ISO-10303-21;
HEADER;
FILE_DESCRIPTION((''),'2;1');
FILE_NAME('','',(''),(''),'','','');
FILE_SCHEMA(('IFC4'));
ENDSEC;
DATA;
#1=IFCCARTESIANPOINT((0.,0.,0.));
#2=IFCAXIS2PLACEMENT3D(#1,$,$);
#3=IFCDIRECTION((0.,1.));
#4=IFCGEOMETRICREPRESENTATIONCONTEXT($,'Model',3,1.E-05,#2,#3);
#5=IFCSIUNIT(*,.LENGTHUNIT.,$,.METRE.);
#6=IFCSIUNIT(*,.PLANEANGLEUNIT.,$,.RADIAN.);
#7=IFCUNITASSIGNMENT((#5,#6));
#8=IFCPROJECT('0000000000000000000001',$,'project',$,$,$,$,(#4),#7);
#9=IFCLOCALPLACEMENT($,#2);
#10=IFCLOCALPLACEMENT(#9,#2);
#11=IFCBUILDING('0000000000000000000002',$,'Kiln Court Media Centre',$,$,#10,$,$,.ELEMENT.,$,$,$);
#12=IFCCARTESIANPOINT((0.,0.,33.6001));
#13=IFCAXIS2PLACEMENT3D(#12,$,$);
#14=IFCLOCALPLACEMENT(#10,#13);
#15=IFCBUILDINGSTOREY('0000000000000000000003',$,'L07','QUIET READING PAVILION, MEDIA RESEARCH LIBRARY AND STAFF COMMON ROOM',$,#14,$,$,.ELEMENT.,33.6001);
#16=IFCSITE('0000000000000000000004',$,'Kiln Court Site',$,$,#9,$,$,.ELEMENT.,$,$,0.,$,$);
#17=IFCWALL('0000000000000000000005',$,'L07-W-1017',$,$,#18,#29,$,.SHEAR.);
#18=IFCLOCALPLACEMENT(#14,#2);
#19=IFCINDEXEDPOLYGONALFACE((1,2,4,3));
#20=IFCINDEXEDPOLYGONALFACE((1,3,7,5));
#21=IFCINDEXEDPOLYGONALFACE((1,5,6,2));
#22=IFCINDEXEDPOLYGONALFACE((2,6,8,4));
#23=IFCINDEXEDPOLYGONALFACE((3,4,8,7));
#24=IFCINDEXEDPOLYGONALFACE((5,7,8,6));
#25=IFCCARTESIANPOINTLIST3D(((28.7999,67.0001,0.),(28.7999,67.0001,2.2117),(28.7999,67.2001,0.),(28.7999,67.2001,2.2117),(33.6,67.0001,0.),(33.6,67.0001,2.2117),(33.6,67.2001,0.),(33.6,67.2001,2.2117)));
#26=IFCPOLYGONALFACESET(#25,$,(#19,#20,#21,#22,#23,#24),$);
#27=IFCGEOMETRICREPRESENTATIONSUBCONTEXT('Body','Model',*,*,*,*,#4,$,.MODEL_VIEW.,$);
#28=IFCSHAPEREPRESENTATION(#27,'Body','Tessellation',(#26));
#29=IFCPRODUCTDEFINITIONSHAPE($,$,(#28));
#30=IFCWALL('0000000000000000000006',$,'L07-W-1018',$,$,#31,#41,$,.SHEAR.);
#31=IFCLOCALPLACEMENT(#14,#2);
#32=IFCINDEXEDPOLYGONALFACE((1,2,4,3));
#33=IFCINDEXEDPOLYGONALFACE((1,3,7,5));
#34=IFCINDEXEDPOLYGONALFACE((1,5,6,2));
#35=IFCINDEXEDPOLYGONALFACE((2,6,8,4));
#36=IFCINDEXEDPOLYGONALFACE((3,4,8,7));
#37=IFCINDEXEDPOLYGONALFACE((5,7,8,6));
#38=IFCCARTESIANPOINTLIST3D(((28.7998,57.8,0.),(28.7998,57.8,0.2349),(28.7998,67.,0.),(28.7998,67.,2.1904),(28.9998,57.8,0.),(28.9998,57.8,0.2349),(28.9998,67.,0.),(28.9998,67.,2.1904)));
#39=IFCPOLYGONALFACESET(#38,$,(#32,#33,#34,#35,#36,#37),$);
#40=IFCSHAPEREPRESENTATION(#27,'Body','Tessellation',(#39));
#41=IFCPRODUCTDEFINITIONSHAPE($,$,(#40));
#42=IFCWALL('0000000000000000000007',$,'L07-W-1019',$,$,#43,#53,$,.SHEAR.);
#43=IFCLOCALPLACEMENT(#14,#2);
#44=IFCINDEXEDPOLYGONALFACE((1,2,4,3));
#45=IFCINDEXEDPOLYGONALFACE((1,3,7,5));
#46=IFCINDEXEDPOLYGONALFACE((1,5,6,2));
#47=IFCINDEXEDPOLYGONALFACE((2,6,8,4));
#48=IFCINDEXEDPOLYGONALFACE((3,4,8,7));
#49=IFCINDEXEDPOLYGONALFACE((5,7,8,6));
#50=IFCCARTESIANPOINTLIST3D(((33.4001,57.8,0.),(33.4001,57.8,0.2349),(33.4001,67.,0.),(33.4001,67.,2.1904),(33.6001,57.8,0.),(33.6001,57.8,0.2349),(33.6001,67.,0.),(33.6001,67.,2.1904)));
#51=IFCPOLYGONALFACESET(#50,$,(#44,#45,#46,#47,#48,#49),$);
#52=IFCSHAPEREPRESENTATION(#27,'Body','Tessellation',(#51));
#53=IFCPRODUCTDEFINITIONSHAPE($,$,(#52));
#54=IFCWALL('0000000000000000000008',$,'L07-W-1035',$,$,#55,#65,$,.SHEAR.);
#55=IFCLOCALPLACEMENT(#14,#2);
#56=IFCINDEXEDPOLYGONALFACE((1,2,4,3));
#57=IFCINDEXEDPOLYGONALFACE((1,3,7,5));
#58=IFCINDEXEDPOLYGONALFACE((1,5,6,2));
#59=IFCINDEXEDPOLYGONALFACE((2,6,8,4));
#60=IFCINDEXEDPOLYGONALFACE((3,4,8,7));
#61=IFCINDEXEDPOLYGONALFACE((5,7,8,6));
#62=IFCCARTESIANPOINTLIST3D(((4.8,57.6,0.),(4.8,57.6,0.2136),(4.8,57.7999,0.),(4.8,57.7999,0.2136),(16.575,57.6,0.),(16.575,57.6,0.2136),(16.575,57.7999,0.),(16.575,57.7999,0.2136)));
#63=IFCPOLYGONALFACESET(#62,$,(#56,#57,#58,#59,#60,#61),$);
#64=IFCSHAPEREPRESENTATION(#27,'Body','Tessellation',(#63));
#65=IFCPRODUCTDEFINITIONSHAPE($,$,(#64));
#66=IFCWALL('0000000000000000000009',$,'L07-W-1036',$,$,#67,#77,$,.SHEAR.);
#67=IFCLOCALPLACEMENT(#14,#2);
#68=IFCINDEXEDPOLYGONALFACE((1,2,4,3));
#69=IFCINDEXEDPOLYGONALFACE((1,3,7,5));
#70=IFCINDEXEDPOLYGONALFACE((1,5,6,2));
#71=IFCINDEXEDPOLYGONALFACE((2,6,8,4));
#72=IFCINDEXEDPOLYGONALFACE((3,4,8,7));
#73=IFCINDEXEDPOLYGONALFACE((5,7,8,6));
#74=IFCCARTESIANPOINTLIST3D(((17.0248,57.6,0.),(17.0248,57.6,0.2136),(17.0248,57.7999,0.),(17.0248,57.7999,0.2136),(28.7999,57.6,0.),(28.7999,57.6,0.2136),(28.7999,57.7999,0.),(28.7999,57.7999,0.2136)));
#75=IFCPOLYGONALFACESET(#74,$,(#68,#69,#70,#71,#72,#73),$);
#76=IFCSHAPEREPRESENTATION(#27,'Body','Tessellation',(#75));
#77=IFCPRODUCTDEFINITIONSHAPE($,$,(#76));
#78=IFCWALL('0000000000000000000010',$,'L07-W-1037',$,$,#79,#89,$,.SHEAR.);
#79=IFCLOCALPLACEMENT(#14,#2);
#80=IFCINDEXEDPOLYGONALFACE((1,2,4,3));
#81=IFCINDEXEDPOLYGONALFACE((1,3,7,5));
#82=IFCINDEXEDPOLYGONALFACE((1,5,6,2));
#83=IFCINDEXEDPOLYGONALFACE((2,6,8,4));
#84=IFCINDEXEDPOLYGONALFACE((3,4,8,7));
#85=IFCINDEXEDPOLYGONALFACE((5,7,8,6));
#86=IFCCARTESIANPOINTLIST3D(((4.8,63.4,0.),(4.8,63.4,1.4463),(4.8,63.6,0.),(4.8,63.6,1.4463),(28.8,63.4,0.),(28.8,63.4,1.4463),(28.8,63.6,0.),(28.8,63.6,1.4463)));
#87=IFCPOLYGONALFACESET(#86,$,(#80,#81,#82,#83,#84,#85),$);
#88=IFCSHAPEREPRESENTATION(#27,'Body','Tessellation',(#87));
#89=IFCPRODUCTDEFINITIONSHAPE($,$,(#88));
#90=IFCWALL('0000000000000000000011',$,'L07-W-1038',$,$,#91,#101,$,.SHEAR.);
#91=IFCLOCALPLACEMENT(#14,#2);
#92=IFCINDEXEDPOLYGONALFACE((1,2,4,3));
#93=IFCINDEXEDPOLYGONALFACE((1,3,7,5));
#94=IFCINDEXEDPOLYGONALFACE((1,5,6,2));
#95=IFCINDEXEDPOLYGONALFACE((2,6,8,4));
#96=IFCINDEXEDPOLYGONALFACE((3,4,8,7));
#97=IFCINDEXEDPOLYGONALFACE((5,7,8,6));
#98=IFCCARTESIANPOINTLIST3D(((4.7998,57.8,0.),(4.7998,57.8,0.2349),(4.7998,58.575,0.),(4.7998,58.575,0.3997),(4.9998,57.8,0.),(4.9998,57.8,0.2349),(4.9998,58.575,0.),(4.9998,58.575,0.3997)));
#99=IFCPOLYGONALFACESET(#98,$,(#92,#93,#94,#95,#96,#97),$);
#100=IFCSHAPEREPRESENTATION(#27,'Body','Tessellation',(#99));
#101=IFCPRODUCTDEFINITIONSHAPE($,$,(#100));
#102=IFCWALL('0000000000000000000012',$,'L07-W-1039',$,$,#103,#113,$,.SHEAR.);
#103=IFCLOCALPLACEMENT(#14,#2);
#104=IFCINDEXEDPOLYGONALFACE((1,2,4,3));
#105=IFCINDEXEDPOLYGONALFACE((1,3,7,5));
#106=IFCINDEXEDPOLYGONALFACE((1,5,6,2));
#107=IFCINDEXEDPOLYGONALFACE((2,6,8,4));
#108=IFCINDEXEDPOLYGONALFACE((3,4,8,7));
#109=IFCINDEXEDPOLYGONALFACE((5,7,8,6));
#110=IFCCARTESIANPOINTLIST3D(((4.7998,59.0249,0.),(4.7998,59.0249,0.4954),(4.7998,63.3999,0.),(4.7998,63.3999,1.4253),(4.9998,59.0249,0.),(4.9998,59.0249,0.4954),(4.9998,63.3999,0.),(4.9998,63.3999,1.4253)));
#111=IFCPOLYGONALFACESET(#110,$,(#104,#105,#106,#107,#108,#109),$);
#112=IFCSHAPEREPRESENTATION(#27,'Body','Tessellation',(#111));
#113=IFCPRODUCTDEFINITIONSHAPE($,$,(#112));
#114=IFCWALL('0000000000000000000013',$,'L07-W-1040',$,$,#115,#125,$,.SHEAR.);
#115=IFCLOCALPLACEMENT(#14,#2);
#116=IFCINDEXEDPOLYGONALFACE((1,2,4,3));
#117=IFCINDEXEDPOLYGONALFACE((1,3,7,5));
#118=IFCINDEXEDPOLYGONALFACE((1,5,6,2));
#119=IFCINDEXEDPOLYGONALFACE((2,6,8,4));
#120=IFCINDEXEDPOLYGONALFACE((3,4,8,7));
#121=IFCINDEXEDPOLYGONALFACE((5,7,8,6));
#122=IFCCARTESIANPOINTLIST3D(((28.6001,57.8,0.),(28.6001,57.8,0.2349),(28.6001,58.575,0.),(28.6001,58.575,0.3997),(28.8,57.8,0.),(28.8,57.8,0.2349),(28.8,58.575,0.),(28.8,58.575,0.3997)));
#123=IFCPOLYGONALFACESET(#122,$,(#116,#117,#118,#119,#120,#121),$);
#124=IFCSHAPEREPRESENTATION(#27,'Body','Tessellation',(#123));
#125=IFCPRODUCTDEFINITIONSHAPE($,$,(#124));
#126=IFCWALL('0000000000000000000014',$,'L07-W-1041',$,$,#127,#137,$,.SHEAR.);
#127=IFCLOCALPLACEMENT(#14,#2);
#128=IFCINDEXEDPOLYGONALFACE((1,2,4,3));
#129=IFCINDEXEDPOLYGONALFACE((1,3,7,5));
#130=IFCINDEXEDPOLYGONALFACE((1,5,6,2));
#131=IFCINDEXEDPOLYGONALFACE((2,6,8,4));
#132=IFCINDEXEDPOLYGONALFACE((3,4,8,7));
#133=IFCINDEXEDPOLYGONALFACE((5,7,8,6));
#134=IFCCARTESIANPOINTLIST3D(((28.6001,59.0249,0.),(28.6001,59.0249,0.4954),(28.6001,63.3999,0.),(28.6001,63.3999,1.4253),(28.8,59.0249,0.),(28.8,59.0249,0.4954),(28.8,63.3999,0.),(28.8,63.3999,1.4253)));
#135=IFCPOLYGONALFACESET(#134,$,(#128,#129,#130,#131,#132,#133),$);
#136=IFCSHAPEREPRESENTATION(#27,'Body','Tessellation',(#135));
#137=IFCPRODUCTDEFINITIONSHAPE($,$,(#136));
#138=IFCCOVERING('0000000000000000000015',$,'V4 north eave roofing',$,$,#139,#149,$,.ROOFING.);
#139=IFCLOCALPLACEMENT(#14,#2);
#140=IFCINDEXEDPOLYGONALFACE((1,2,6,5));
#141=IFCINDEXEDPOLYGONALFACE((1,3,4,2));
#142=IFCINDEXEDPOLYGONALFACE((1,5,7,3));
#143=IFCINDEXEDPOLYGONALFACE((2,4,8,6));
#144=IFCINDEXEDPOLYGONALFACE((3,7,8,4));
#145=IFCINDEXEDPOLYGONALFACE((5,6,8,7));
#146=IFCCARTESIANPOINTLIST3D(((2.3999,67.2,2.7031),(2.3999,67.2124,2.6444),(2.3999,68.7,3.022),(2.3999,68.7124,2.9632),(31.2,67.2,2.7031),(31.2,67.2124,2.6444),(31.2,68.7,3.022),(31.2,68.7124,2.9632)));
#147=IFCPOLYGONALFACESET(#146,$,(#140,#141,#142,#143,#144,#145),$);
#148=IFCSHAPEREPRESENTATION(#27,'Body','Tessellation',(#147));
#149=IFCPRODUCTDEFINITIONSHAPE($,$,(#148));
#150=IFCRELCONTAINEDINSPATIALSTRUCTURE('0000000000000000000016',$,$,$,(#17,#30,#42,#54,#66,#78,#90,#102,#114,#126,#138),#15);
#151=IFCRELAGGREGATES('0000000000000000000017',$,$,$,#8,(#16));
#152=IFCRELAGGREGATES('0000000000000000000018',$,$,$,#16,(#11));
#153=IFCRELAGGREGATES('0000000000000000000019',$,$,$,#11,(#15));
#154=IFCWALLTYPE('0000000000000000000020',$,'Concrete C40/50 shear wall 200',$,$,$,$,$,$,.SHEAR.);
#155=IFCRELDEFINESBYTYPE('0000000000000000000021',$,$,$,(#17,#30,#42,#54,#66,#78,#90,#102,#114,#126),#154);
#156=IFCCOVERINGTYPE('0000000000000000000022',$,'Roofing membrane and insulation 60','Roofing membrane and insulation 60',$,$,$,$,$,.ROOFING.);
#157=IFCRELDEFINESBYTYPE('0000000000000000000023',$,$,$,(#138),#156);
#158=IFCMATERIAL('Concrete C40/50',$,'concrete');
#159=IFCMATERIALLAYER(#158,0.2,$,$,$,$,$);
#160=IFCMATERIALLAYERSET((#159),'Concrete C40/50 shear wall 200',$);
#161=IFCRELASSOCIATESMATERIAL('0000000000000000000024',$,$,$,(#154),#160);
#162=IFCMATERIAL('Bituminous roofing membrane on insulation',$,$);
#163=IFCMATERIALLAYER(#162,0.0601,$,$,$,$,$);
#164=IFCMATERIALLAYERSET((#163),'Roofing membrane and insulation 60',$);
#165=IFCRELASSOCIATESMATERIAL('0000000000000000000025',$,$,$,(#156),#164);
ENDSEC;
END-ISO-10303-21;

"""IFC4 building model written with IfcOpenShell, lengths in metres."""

from ifc_helpers import new_model, si_unit, direction, frame, frame_2d, origin, place, context, subcontext, project, spatial, polyline, rectangle, outline, extrude, material, layer, layer_set, type_object, element, save


model = new_model("IFC4")

# Units and contexts
model_context = context("Model", 3, precision=1e-05, world=origin(), true_north=direction((0.0, 1.0)))
body_context = subcontext(model_context, "Body", "Model", "MODEL_VIEW")
ifc_project = project(units=[si_unit("LENGTHUNIT", "METRE"), si_unit("PLANEANGLEUNIT", "RADIAN")], contexts=[model_context])

# Site, building, storey
site_placement = place(None, origin())
site = spatial("IfcSite", under=ifc_project, at=site_placement, Name="Kiln Court Site", CompositionType="ELEMENT", RefElevation=0.0)
building_placement = place(site_placement, origin())
building = spatial("IfcBuilding", under=site, at=building_placement, Name="Kiln Court Media Centre", CompositionType="ELEMENT")
storey_placement = place(building_placement, frame((0.0, 0.0, 33.6001)))
storey = spatial("IfcBuildingStorey", under=building, at=storey_placement, Name="L07", Description="QUIET READING PAVILION, MEDIA RESEARCH LIBRARY AND STAFF COMMON ROOM", CompositionType="ELEMENT", Elevation=33.6001)

# Walls
ifc_material_1 = material(Name="Concrete C40/50", Category="concrete")
ifc_layer_1 = layer(ifc_material_1, 0.2)
ifc_layer_set_1 = layer_set([ifc_layer_1], Name="Concrete C40/50 shear wall 200")
wall_type_1 = type_object("IfcWallType", Name="Concrete C40/50 shear wall 200", PredefinedType="SHEAR", material=ifc_layer_set_1)
wall_1_placement = place(storey_placement, frame((28.8, 67.1001, 0.0), z_axis=(0.0, 0.0, 1.0), x_axis=(1.0, 0.0, 0.0)))
element("IfcWall", 1, at=wall_1_placement, inside=storey, type_object=wall_type_1, Name="L07-W-1017", PredefinedType="SHEAR", context=body_context, shape_type="SweptSolid", body=[
    extrude(rectangle(XDim=4.8, YDim=0.2, at=frame_2d((2.3999, 0.0))), origin(), (0.0, 0.0, 1.0), 2.2117),
])
wall_2_placement = place(storey_placement, frame((28.8999, 57.8, 0.0), z_axis=(0.0, 0.0, 1.0), x_axis=(0.0, 1.0, 0.0)))
element("IfcWall", 2, at=wall_2_placement, inside=storey, type_object=wall_type_1, Name="L07-W-1018", PredefinedType="SHEAR", context=body_context, shape_type="SweptSolid", body=[
    extrude(outline(polyline([(0.0, 0.0), (9.2, 0.0), (9.2, 2.1904), (0.0, 0.2349), (0.0, 0.0)])), frame((0.0, 0.1001, 0.0), z_axis=(0.0, -1.0, 0.0), x_axis=(1.0, 0.0, 0.0)), (0.0, 0.0, 1.0), 0.2),
])
wall_3_placement = place(storey_placement, frame((33.5, 67.0, 0.0), z_axis=(0.0, 0.0, 1.0), x_axis=(0.0, -1.0, 0.0)))
element("IfcWall", 3, at=wall_3_placement, inside=storey, type_object=wall_type_1, Name="L07-W-1019", PredefinedType="SHEAR", context=body_context, shape_type="SweptSolid", body=[
    extrude(outline(polyline([(0.0, 0.0), (9.2, 0.0), (9.2, 0.2349), (0.0, 2.1904), (0.0, 0.0)])), frame((0.0, 0.1001, 0.0), z_axis=(0.0, -1.0, 0.0), x_axis=(1.0, 0.0, 0.0)), (0.0, 0.0, 1.0), 0.2),
])
wall_4_placement = place(storey_placement, frame((16.575, 57.7, 0.0), z_axis=(0.0, 0.0, 1.0), x_axis=(-1.0, 0.0, 0.0)))
element("IfcWall", 4, at=wall_4_placement, inside=storey, type_object=wall_type_1, Name="L07-W-1035", PredefinedType="SHEAR", context=body_context, shape_type="SweptSolid", body=[
    extrude(rectangle(XDim=11.7749, YDim=0.2, at=frame_2d((5.8875, 0.0))), origin(), (0.0, 0.0, 1.0), 0.2136),
])
wall_5_placement = place(storey_placement, frame((28.8, 57.7, 0.0), z_axis=(0.0, 0.0, 1.0), x_axis=(-1.0, 0.0, 0.0)))
element("IfcWall", 5, at=wall_5_placement, inside=storey, type_object=wall_type_1, Name="L07-W-1036", PredefinedType="SHEAR", context=body_context, shape_type="SweptSolid", body=[
    extrude(rectangle(XDim=11.7751, YDim=0.2, at=frame_2d((5.8877, 0.0))), origin(), (0.0, 0.0, 1.0), 0.2136),
])
wall_6_placement = place(storey_placement, frame((4.8, 63.5, 0.0), z_axis=(0.0, 0.0, 1.0), x_axis=(1.0, 0.0, 0.0)))
element("IfcWall", 6, at=wall_6_placement, inside=storey, type_object=wall_type_1, Name="L07-W-1037", PredefinedType="SHEAR", context=body_context, shape_type="SweptSolid", body=[
    extrude(rectangle(XDim=24.0, YDim=0.2, at=frame_2d((12.0, 0.0))), origin(), (0.0, 0.0, 1.0), 1.4463),
])
wall_7_placement = place(storey_placement, frame((4.8999, 57.8, 0.0), z_axis=(0.0, 0.0, 1.0), x_axis=(0.0, 1.0, 0.0)))
element("IfcWall", 7, at=wall_7_placement, inside=storey, type_object=wall_type_1, Name="L07-W-1038", PredefinedType="SHEAR", context=body_context, shape_type="SweptSolid", body=[
    extrude(outline(polyline([(0.0, 0.0), (0.7749, 0.0), (0.7749, 0.3997), (0.0, 0.2349), (0.0, 0.0)])), frame((0.0, 0.1001, 0.0), z_axis=(0.0, -1.0, 0.0), x_axis=(1.0, 0.0, 0.0)), (0.0, 0.0, 1.0), 0.2),
])
wall_8_placement = place(storey_placement, frame((4.8999, 59.0249, 0.0), z_axis=(0.0, 0.0, 1.0), x_axis=(0.0, 1.0, 0.0)))
element("IfcWall", 8, at=wall_8_placement, inside=storey, type_object=wall_type_1, Name="L07-W-1039", PredefinedType="SHEAR", context=body_context, shape_type="SweptSolid", body=[
    extrude(outline(polyline([(0.0, 0.0), (4.375, 0.0), (4.375, 1.4253), (0.0, 0.4954), (0.0, 0.0)])), frame((0.0, 0.1001, 0.0), z_axis=(0.0, -1.0, 0.0), x_axis=(1.0, 0.0, 0.0)), (0.0, 0.0, 1.0), 0.2),
])
wall_9_placement = place(storey_placement, frame((28.7, 58.575, 0.0), z_axis=(0.0, 0.0, 1.0), x_axis=(0.0, -1.0, 0.0)))
element("IfcWall", 9, at=wall_9_placement, inside=storey, type_object=wall_type_1, Name="L07-W-1040", PredefinedType="SHEAR", context=body_context, shape_type="SweptSolid", body=[
    extrude(outline(polyline([(0.0, 0.0), (0.7749, 0.0), (0.7749, 0.2349), (0.0, 0.3997), (0.0, 0.0)])), frame((0.0, 0.1001, 0.0), z_axis=(0.0, -1.0, 0.0), x_axis=(1.0, 0.0, 0.0)), (0.0, 0.0, 1.0), 0.2),
])
wall_10_placement = place(storey_placement, frame((28.7, 63.3999, 0.0), z_axis=(0.0, 0.0, 1.0), x_axis=(0.0, -1.0, 0.0)))
element("IfcWall", 10, at=wall_10_placement, inside=storey, type_object=wall_type_1, Name="L07-W-1041", PredefinedType="SHEAR", context=body_context, shape_type="SweptSolid", body=[
    extrude(outline(polyline([(0.0, 0.0), (4.375, 0.0), (4.375, 0.4954), (0.0, 1.4253), (0.0, 0.0)])), frame((0.0, 0.1001, 0.0), z_axis=(0.0, -1.0, 0.0), x_axis=(1.0, 0.0, 0.0)), (0.0, 0.0, 1.0), 0.2),
])

# Covering
ifc_material_2 = material(Name="Bituminous roofing membrane on insulation")
ifc_layer_2 = layer(ifc_material_2, 0.0601)
ifc_layer_set_2 = layer_set([ifc_layer_2], Name="Roofing membrane and insulation 60")
covering_type = type_object("IfcCoveringType", Name="Roofing membrane and insulation 60", Description="Roofing membrane and insulation 60", PredefinedType="ROOFING", material=ifc_layer_set_2)
covering_placement = place(storey_placement, frame((2.3999, 67.2, 2.7031), z_axis=(0.0, -0.20792, 0.978146), x_axis=(1.0, 0.0, 0.0)))
element("IfcCovering", 11, at=covering_placement, inside=storey, type_object=covering_type, Name="V4 north eave roofing", PredefinedType="ROOFING", context=body_context, shape_type="SweptSolid", body=[
    extrude(outline(polyline([(0.0, 0.0), (28.8, 0.0), (28.8, 1.5335), (0.0, 1.5335), (0.0, 0.0)])), origin(), (0.0, 0.0, -1.0), 0.0601),
])

save(model, "model.ifc")
